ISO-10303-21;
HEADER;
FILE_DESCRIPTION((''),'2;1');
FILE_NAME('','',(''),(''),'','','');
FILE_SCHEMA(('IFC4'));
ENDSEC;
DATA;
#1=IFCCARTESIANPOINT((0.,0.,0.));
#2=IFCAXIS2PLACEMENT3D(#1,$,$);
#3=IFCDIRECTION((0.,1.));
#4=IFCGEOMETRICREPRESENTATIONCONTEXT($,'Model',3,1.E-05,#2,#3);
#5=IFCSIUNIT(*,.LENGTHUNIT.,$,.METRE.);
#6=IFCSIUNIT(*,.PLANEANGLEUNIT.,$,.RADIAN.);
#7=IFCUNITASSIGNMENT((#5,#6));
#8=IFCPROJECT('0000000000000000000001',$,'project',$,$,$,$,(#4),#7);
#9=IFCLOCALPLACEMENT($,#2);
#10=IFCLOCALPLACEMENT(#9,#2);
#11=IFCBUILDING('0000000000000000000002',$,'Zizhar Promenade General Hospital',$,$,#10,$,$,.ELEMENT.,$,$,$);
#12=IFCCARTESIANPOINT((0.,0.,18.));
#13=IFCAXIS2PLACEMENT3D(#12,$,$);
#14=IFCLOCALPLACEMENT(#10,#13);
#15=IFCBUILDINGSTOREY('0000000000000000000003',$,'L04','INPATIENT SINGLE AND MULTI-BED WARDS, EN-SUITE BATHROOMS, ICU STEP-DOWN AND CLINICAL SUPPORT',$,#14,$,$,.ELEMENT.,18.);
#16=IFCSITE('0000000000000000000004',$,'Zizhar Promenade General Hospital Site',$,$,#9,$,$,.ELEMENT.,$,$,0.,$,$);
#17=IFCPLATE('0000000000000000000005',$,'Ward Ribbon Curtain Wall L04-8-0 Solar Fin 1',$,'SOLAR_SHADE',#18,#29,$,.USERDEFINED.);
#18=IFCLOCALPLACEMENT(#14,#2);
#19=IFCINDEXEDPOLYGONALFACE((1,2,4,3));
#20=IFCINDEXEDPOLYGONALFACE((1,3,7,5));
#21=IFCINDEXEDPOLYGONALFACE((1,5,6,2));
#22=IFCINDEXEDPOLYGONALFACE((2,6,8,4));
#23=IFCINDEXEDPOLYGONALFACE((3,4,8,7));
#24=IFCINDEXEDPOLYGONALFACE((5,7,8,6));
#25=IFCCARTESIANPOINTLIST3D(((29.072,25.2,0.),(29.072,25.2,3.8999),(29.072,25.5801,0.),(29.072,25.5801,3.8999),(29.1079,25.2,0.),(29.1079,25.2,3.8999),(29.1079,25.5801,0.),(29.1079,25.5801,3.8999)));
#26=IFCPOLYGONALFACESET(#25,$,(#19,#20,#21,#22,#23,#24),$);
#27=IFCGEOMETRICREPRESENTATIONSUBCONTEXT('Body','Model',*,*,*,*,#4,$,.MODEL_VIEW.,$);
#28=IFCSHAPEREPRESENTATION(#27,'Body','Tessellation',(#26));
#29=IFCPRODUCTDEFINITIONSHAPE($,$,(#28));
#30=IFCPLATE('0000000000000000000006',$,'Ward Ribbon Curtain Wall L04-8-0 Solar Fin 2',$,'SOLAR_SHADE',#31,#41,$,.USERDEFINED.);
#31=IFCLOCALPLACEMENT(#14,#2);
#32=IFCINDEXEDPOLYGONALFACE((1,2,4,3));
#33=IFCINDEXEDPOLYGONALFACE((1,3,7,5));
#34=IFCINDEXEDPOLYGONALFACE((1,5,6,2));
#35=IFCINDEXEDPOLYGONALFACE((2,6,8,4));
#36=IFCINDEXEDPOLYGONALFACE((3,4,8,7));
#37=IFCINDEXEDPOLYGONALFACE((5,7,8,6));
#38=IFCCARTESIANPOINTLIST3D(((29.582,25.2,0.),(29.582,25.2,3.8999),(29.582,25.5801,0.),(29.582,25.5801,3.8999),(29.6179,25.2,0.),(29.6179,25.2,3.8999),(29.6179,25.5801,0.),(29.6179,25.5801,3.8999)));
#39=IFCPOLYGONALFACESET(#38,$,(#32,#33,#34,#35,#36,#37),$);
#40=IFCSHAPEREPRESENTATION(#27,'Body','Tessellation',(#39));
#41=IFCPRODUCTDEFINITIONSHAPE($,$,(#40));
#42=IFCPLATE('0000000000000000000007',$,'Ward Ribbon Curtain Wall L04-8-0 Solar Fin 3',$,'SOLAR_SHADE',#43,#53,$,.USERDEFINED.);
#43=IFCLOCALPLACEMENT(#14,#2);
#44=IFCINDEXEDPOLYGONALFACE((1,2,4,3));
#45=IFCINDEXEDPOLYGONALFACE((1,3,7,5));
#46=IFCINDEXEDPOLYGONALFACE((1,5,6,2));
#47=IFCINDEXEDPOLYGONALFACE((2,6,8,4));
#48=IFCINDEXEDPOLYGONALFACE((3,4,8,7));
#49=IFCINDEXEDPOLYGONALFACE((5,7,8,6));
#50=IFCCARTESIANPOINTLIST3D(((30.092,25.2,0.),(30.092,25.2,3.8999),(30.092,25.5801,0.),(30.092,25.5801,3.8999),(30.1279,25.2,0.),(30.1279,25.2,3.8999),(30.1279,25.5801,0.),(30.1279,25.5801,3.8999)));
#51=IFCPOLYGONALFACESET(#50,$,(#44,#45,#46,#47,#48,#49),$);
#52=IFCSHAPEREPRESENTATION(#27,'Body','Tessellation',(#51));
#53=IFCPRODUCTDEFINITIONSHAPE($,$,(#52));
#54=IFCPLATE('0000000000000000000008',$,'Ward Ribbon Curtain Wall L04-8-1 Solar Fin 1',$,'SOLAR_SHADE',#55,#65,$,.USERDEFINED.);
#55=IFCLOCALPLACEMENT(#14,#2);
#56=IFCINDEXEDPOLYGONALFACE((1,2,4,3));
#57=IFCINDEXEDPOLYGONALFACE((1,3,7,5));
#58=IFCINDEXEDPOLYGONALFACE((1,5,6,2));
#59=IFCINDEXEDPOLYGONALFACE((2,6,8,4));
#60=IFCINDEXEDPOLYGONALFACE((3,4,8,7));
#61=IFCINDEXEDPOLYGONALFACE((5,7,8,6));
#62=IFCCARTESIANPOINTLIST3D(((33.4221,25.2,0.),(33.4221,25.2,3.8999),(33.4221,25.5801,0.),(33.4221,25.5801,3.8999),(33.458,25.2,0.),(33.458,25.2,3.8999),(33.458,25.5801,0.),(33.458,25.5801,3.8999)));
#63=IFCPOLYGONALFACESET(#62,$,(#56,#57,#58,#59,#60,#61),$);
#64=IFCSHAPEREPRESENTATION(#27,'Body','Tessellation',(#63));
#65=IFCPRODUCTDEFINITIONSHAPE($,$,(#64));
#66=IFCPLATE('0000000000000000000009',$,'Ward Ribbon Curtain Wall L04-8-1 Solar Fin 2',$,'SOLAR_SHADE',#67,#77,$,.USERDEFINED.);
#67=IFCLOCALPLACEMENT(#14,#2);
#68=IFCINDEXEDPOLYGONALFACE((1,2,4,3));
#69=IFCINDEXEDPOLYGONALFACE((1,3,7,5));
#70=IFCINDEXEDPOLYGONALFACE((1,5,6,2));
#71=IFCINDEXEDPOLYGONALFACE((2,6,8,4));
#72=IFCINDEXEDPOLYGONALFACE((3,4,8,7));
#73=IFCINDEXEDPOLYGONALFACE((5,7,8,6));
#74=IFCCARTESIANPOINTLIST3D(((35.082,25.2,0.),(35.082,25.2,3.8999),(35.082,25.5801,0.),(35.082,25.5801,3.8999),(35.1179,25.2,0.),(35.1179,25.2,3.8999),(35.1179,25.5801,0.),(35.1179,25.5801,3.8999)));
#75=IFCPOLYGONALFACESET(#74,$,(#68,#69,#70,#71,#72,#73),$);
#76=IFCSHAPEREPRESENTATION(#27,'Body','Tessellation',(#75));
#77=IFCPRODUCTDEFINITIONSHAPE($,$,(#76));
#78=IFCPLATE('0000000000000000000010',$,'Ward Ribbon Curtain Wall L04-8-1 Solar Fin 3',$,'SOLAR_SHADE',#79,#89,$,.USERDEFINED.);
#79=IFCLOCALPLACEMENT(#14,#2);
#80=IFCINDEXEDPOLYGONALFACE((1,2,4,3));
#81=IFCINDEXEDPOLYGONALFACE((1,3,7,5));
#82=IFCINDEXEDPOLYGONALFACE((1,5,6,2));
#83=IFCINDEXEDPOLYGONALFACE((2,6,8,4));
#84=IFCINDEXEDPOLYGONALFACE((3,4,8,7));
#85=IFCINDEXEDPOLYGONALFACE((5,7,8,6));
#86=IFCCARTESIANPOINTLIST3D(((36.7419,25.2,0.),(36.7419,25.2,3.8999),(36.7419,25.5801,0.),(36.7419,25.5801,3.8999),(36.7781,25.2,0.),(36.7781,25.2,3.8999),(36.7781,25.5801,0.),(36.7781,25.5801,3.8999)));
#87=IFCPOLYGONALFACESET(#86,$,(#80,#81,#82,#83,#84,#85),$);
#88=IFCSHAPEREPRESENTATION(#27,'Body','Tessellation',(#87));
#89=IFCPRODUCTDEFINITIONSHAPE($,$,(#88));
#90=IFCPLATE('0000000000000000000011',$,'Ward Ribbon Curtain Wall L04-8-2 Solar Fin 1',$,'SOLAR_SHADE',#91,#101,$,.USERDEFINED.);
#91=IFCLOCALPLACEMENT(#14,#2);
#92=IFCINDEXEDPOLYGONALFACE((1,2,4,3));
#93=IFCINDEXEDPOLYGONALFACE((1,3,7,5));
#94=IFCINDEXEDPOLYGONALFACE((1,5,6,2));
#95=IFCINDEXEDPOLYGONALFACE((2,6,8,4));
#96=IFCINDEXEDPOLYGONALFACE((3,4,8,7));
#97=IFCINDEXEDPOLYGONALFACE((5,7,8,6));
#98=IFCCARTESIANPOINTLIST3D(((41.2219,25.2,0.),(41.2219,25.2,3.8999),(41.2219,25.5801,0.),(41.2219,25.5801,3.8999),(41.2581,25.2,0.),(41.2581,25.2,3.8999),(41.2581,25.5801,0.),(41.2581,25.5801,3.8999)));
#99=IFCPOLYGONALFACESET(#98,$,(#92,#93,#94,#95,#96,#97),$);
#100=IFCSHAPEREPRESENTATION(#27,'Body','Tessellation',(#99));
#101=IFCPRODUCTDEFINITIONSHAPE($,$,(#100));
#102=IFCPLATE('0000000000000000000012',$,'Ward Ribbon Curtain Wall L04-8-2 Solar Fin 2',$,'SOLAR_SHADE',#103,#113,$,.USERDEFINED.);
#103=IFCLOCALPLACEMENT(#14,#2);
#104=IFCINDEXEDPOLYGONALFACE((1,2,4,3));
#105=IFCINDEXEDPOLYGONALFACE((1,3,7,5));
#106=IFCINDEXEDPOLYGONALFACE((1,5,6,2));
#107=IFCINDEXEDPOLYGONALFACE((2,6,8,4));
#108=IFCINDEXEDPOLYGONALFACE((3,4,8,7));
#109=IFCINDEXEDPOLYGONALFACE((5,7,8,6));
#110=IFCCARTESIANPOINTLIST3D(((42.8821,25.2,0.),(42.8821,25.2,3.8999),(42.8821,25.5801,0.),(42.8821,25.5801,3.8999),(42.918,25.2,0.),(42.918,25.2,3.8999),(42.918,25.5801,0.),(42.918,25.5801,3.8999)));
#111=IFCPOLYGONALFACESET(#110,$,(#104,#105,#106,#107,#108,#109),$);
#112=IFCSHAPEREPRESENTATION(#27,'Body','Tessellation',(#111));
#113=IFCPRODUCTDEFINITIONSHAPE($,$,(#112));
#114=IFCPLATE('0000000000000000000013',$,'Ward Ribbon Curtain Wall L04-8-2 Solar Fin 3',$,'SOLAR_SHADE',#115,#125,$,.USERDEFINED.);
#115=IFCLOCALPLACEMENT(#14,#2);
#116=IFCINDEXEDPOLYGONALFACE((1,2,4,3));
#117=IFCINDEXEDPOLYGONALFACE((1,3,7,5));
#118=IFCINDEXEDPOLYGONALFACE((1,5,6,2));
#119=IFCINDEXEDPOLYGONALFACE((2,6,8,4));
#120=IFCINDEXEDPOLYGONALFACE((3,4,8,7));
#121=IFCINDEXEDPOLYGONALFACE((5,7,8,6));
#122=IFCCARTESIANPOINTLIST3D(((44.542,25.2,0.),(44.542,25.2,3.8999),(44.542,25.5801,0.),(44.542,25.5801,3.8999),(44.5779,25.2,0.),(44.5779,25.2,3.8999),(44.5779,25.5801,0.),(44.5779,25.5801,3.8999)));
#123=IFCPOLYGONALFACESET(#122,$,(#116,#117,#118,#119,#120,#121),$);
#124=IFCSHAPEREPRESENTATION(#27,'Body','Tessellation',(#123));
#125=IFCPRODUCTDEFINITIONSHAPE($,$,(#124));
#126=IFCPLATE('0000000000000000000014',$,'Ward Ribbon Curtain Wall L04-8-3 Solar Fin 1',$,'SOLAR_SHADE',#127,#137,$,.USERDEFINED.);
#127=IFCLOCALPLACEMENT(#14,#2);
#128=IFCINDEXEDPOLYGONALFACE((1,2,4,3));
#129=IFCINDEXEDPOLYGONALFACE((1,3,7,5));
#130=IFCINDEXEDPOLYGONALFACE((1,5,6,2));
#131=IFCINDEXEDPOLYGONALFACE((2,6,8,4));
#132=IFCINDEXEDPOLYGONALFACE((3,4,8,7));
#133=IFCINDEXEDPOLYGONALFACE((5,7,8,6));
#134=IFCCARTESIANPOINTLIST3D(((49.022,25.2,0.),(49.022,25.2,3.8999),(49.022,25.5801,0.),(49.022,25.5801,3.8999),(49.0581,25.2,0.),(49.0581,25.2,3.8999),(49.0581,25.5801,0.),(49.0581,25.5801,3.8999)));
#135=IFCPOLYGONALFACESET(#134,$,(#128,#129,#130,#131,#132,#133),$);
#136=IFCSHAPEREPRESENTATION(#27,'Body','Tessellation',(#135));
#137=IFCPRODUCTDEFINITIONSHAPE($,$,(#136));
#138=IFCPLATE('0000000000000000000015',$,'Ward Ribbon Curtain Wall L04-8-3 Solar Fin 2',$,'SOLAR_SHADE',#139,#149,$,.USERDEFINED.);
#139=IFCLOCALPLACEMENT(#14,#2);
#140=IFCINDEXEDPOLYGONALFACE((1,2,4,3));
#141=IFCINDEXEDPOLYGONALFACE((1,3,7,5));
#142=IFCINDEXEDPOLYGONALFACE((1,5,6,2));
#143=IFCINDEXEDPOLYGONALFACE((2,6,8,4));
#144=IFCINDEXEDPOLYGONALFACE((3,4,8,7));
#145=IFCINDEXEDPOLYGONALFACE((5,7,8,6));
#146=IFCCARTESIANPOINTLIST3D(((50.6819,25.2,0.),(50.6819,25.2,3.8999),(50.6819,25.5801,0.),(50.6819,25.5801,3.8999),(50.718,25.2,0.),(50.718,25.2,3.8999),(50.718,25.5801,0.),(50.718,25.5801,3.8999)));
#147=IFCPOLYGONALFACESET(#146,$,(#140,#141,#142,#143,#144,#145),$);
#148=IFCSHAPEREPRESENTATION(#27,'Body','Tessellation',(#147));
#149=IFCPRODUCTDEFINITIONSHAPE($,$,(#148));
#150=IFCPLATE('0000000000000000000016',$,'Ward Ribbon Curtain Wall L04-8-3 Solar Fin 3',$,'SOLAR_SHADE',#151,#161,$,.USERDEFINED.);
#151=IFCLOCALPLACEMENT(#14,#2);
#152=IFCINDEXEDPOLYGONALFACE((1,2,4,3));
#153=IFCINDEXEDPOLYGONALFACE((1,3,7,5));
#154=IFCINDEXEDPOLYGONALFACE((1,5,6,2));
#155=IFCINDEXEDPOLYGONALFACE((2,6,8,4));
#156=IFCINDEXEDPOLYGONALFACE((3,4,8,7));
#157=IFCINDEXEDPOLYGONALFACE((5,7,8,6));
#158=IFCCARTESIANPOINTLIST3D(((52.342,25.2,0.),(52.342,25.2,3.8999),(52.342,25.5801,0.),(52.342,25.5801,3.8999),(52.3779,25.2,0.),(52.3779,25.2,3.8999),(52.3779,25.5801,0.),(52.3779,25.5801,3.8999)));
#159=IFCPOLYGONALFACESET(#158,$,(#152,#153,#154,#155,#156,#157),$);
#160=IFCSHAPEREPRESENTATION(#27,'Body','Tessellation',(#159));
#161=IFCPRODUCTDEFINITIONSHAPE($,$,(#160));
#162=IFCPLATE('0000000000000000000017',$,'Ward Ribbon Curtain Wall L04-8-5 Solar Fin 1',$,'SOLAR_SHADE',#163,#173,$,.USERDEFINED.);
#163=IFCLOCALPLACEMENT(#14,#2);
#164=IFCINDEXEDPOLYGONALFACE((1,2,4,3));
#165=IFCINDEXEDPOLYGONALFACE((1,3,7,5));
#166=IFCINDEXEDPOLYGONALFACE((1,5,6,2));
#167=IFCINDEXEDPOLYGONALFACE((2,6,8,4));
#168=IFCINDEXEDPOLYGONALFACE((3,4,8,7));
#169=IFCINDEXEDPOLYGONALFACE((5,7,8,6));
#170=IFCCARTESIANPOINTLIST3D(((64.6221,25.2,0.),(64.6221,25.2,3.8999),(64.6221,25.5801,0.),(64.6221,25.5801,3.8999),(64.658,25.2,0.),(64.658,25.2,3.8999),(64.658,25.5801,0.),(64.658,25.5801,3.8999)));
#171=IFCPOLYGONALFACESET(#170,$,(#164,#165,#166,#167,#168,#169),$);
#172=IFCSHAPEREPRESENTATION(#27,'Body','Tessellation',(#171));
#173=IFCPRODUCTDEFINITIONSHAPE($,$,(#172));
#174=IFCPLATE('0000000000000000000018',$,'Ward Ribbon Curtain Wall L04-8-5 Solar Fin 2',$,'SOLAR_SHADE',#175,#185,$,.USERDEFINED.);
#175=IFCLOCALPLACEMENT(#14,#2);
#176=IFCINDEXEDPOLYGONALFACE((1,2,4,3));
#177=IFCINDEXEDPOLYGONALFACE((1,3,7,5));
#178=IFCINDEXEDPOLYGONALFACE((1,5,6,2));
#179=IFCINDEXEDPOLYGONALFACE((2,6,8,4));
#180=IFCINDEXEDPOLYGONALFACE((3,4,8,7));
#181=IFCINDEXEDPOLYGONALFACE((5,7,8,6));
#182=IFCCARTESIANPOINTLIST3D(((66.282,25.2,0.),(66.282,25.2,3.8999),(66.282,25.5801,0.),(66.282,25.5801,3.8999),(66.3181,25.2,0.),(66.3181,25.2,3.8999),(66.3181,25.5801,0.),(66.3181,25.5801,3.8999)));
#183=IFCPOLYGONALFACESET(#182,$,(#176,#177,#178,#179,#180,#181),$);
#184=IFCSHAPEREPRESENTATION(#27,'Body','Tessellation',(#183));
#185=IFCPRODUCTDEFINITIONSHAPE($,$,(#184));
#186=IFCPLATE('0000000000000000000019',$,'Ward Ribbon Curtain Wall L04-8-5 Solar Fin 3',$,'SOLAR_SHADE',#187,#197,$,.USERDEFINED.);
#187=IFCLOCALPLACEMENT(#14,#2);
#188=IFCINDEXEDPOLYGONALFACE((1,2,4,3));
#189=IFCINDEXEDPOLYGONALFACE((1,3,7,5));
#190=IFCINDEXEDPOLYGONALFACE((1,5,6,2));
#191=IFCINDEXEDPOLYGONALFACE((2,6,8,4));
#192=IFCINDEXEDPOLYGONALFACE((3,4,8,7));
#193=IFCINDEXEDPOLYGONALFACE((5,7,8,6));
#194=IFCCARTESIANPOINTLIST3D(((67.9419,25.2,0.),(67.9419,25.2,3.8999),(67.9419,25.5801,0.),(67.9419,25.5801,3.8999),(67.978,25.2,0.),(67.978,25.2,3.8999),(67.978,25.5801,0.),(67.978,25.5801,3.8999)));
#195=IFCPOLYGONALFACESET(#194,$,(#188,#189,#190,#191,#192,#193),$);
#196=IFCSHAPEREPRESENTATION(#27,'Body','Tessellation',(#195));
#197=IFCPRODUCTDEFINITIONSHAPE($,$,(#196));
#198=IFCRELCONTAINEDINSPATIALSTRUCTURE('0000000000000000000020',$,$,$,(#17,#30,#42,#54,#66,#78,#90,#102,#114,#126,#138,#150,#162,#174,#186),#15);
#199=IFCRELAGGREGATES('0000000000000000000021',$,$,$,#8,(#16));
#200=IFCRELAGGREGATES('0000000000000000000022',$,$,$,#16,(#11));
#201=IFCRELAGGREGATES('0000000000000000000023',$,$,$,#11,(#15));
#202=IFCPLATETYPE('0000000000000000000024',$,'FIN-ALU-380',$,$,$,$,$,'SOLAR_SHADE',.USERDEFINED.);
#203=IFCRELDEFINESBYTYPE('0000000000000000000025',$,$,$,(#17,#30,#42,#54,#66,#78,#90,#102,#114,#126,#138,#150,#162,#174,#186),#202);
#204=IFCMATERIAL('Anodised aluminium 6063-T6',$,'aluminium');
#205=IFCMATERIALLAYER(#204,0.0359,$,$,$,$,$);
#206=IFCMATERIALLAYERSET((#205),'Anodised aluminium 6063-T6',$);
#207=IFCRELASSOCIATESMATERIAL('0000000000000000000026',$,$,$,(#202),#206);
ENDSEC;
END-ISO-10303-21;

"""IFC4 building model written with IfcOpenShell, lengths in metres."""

from ifc_helpers import new_model, si_unit, direction, frame, origin, place, context, subcontext, project, spatial, polyline, outline, extrude, material, layer, layer_set, type_object, element, save


model = new_model("IFC4")

# Units and contexts
model_context = context("Model", 3, precision=1e-05, world=origin(), true_north=direction((0.0, 1.0)))
body_context = subcontext(model_context, "Body", "Model", "MODEL_VIEW")
ifc_project = project(units=[si_unit("LENGTHUNIT", "METRE"), si_unit("PLANEANGLEUNIT", "RADIAN")], contexts=[model_context])

# Site, building, storey
site_placement = place(None, origin())
site = spatial("IfcSite", under=ifc_project, at=site_placement, Name="Zizhar Promenade General Hospital Site", CompositionType="ELEMENT", RefElevation=0.0)
building_placement = place(site_placement, origin())
building = spatial("IfcBuilding", under=site, at=building_placement, Name="Zizhar Promenade General Hospital", CompositionType="ELEMENT")
storey_placement = place(building_placement, frame((0.0, 0.0, 18.0)))
storey = spatial("IfcBuildingStorey", under=building, at=storey_placement, Name="L04", Description="INPATIENT SINGLE AND MULTI-BED WARDS, EN-SUITE BATHROOMS, ICU STEP-DOWN AND CLINICAL SUPPORT", CompositionType="ELEMENT", Elevation=18.0)

# Plates
ifc_material_1 = material(Name="Anodised aluminium 6063-T6", Category="aluminium")
ifc_layer_1 = layer(ifc_material_1, 0.0359)
ifc_layer_set_1 = layer_set([ifc_layer_1], Name="Anodised aluminium 6063-T6")
plate_type_1 = type_object("IfcPlateType", Name="FIN-ALU-380", ElementType="SOLAR_SHADE", PredefinedType="USERDEFINED", material=ifc_layer_set_1)
plate_1_placement = place(storey_placement, origin())
element("IfcPlate", 1, at=plate_1_placement, inside=storey, type_object=plate_type_1, Name="Ward Ribbon Curtain Wall L04-8-0 Solar Fin 1", ObjectType="SOLAR_SHADE", PredefinedType="USERDEFINED", context=body_context, shape_type="SweptSolid", body=[
    extrude(outline(polyline([(29.072, 25.2), (29.1079, 25.2), (29.1079, 25.5801), (29.072, 25.5801), (29.072, 25.2)])), origin(), (0.0, 0.0, 1.0), 3.8999),
])
plate_2_placement = place(storey_placement, origin())
element("IfcPlate", 2, at=plate_2_placement, inside=storey, type_object=plate_type_1, Name="Ward Ribbon Curtain Wall L04-8-0 Solar Fin 2", ObjectType="SOLAR_SHADE", PredefinedType="USERDEFINED", context=body_context, shape_type="SweptSolid", body=[
    extrude(outline(polyline([(29.582, 25.2), (29.6179, 25.2), (29.6179, 25.5801), (29.582, 25.5801), (29.582, 25.2)])), origin(), (0.0, 0.0, 1.0), 3.8999),
])
plate_3_placement = place(storey_placement, origin())
element("IfcPlate", 3, at=plate_3_placement, inside=storey, type_object=plate_type_1, Name="Ward Ribbon Curtain Wall L04-8-0 Solar Fin 3", ObjectType="SOLAR_SHADE", PredefinedType="USERDEFINED", context=body_context, shape_type="SweptSolid", body=[
    extrude(outline(polyline([(30.092, 25.2), (30.1279, 25.2), (30.1279, 25.5801), (30.092, 25.5801), (30.092, 25.2)])), origin(), (0.0, 0.0, 1.0), 3.8999),
])
plate_4_placement = place(storey_placement, origin())
element("IfcPlate", 4, at=plate_4_placement, inside=storey, type_object=plate_type_1, Name="Ward Ribbon Curtain Wall L04-8-1 Solar Fin 1", ObjectType="SOLAR_SHADE", PredefinedType="USERDEFINED", context=body_context, shape_type="SweptSolid", body=[
    extrude(outline(polyline([(33.4221, 25.2), (33.458, 25.2), (33.458, 25.5801), (33.4221, 25.5801), (33.4221, 25.2)])), origin(), (0.0, 0.0, 1.0), 3.8999),
])
plate_5_placement = place(storey_placement, origin())
element("IfcPlate", 5, at=plate_5_placement, inside=storey, type_object=plate_type_1, Name="Ward Ribbon Curtain Wall L04-8-1 Solar Fin 2", ObjectType="SOLAR_SHADE", PredefinedType="USERDEFINED", context=body_context, shape_type="SweptSolid", body=[
    extrude(outline(polyline([(35.082, 25.2), (35.1179, 25.2), (35.1179, 25.5801), (35.082, 25.5801), (35.082, 25.2)])), origin(), (0.0, 0.0, 1.0), 3.8999),
])
plate_6_placement = place(storey_placement, origin())
element("IfcPlate", 6, at=plate_6_placement, inside=storey, type_object=plate_type_1, Name="Ward Ribbon Curtain Wall L04-8-1 Solar Fin 3", ObjectType="SOLAR_SHADE", PredefinedType="USERDEFINED", context=body_context, shape_type="SweptSolid", body=[
    extrude(outline(polyline([(36.7419, 25.2), (36.7781, 25.2), (36.7781, 25.5801), (36.7419, 25.5801), (36.7419, 25.2)])), origin(), (0.0, 0.0, 1.0), 3.8999),
])
plate_7_placement = place(storey_placement, origin())
element("IfcPlate", 7, at=plate_7_placement, inside=storey, type_object=plate_type_1, Name="Ward Ribbon Curtain Wall L04-8-2 Solar Fin 1", ObjectType="SOLAR_SHADE", PredefinedType="USERDEFINED", context=body_context, shape_type="SweptSolid", body=[
    extrude(outline(polyline([(41.2219, 25.2), (41.2581, 25.2), (41.2581, 25.5801), (41.2219, 25.5801), (41.2219, 25.2)])), origin(), (0.0, 0.0, 1.0), 3.8999),
])
plate_8_placement = place(storey_placement, origin())
element("IfcPlate", 8, at=plate_8_placement, inside=storey, type_object=plate_type_1, Name="Ward Ribbon Curtain Wall L04-8-2 Solar Fin 2", ObjectType="SOLAR_SHADE", PredefinedType="USERDEFINED", context=body_context, shape_type="SweptSolid", body=[
    extrude(outline(polyline([(42.8821, 25.2), (42.918, 25.2), (42.918, 25.5801), (42.8821, 25.5801), (42.8821, 25.2)])), origin(), (0.0, 0.0, 1.0), 3.8999),
])
plate_9_placement = place(storey_placement, origin())
element("IfcPlate", 9, at=plate_9_placement, inside=storey, type_object=plate_type_1, Name="Ward Ribbon Curtain Wall L04-8-2 Solar Fin 3", ObjectType="SOLAR_SHADE", PredefinedType="USERDEFINED", context=body_context, shape_type="SweptSolid", body=[
    extrude(outline(polyline([(44.542, 25.2), (44.5779, 25.2), (44.5779, 25.5801), (44.542, 25.5801), (44.542, 25.2)])), origin(), (0.0, 0.0, 1.0), 3.8999),
])
plate_10_placement = place(storey_placement, origin())
element("IfcPlate", 10, at=plate_10_placement, inside=storey, type_object=plate_type_1, Name="Ward Ribbon Curtain Wall L04-8-3 Solar Fin 1", ObjectType="SOLAR_SHADE", PredefinedType="USERDEFINED", context=body_context, shape_type="SweptSolid", body=[
    extrude(outline(polyline([(49.022, 25.2), (49.0581, 25.2), (49.0581, 25.5801), (49.022, 25.5801), (49.022, 25.2)])), origin(), (0.0, 0.0, 1.0), 3.8999),
])
plate_11_placement = place(storey_placement, origin())
element("IfcPlate", 11, at=plate_11_placement, inside=storey, type_object=plate_type_1, Name="Ward Ribbon Curtain Wall L04-8-3 Solar Fin 2", ObjectType="SOLAR_SHADE", PredefinedType="USERDEFINED", context=body_context, shape_type="SweptSolid", body=[
    extrude(outline(polyline([(50.6819, 25.2), (50.718, 25.2), (50.718, 25.5801), (50.6819, 25.5801), (50.6819, 25.2)])), origin(), (0.0, 0.0, 1.0), 3.8999),
])
plate_12_placement = place(storey_placement, origin())
element("IfcPlate", 12, at=plate_12_placement, inside=storey, type_object=plate_type_1, Name="Ward Ribbon Curtain Wall L04-8-3 Solar Fin 3", ObjectType="SOLAR_SHADE", PredefinedType="USERDEFINED", context=body_context, shape_type="SweptSolid", body=[
    extrude(outline(polyline([(52.342, 25.2), (52.3779, 25.2), (52.3779, 25.5801), (52.342, 25.5801), (52.342, 25.2)])), origin(), (0.0, 0.0, 1.0), 3.8999),
])
plate_13_placement = place(storey_placement, origin())
element("IfcPlate", 13, at=plate_13_placement, inside=storey, type_object=plate_type_1, Name="Ward Ribbon Curtain Wall L04-8-5 Solar Fin 1", ObjectType="SOLAR_SHADE", PredefinedType="USERDEFINED", context=body_context, shape_type="SweptSolid", body=[
    extrude(outline(polyline([(64.6221, 25.2), (64.658, 25.2), (64.658, 25.5801), (64.6221, 25.5801), (64.6221, 25.2)])), origin(), (0.0, 0.0, 1.0), 3.8999),
])
plate_14_placement = place(storey_placement, origin())
element("IfcPlate", 14, at=plate_14_placement, inside=storey, type_object=plate_type_1, Name="Ward Ribbon Curtain Wall L04-8-5 Solar Fin 2", ObjectType="SOLAR_SHADE", PredefinedType="USERDEFINED", context=body_context, shape_type="SweptSolid", body=[
    extrude(outline(polyline([(66.282, 25.2), (66.3181, 25.2), (66.3181, 25.5801), (66.282, 25.5801), (66.282, 25.2)])), origin(), (0.0, 0.0, 1.0), 3.8999),
])
plate_15_placement = place(storey_placement, origin())
element("IfcPlate", 15, at=plate_15_placement, inside=storey, type_object=plate_type_1, Name="Ward Ribbon Curtain Wall L04-8-5 Solar Fin 3", ObjectType="SOLAR_SHADE", PredefinedType="USERDEFINED", context=body_context, shape_type="SweptSolid", body=[
    extrude(outline(polyline([(67.9419, 25.2), (67.978, 25.2), (67.978, 25.5801), (67.9419, 25.5801), (67.9419, 25.2)])), origin(), (0.0, 0.0, 1.0), 3.8999),
])

save(model, "model.ifc")
